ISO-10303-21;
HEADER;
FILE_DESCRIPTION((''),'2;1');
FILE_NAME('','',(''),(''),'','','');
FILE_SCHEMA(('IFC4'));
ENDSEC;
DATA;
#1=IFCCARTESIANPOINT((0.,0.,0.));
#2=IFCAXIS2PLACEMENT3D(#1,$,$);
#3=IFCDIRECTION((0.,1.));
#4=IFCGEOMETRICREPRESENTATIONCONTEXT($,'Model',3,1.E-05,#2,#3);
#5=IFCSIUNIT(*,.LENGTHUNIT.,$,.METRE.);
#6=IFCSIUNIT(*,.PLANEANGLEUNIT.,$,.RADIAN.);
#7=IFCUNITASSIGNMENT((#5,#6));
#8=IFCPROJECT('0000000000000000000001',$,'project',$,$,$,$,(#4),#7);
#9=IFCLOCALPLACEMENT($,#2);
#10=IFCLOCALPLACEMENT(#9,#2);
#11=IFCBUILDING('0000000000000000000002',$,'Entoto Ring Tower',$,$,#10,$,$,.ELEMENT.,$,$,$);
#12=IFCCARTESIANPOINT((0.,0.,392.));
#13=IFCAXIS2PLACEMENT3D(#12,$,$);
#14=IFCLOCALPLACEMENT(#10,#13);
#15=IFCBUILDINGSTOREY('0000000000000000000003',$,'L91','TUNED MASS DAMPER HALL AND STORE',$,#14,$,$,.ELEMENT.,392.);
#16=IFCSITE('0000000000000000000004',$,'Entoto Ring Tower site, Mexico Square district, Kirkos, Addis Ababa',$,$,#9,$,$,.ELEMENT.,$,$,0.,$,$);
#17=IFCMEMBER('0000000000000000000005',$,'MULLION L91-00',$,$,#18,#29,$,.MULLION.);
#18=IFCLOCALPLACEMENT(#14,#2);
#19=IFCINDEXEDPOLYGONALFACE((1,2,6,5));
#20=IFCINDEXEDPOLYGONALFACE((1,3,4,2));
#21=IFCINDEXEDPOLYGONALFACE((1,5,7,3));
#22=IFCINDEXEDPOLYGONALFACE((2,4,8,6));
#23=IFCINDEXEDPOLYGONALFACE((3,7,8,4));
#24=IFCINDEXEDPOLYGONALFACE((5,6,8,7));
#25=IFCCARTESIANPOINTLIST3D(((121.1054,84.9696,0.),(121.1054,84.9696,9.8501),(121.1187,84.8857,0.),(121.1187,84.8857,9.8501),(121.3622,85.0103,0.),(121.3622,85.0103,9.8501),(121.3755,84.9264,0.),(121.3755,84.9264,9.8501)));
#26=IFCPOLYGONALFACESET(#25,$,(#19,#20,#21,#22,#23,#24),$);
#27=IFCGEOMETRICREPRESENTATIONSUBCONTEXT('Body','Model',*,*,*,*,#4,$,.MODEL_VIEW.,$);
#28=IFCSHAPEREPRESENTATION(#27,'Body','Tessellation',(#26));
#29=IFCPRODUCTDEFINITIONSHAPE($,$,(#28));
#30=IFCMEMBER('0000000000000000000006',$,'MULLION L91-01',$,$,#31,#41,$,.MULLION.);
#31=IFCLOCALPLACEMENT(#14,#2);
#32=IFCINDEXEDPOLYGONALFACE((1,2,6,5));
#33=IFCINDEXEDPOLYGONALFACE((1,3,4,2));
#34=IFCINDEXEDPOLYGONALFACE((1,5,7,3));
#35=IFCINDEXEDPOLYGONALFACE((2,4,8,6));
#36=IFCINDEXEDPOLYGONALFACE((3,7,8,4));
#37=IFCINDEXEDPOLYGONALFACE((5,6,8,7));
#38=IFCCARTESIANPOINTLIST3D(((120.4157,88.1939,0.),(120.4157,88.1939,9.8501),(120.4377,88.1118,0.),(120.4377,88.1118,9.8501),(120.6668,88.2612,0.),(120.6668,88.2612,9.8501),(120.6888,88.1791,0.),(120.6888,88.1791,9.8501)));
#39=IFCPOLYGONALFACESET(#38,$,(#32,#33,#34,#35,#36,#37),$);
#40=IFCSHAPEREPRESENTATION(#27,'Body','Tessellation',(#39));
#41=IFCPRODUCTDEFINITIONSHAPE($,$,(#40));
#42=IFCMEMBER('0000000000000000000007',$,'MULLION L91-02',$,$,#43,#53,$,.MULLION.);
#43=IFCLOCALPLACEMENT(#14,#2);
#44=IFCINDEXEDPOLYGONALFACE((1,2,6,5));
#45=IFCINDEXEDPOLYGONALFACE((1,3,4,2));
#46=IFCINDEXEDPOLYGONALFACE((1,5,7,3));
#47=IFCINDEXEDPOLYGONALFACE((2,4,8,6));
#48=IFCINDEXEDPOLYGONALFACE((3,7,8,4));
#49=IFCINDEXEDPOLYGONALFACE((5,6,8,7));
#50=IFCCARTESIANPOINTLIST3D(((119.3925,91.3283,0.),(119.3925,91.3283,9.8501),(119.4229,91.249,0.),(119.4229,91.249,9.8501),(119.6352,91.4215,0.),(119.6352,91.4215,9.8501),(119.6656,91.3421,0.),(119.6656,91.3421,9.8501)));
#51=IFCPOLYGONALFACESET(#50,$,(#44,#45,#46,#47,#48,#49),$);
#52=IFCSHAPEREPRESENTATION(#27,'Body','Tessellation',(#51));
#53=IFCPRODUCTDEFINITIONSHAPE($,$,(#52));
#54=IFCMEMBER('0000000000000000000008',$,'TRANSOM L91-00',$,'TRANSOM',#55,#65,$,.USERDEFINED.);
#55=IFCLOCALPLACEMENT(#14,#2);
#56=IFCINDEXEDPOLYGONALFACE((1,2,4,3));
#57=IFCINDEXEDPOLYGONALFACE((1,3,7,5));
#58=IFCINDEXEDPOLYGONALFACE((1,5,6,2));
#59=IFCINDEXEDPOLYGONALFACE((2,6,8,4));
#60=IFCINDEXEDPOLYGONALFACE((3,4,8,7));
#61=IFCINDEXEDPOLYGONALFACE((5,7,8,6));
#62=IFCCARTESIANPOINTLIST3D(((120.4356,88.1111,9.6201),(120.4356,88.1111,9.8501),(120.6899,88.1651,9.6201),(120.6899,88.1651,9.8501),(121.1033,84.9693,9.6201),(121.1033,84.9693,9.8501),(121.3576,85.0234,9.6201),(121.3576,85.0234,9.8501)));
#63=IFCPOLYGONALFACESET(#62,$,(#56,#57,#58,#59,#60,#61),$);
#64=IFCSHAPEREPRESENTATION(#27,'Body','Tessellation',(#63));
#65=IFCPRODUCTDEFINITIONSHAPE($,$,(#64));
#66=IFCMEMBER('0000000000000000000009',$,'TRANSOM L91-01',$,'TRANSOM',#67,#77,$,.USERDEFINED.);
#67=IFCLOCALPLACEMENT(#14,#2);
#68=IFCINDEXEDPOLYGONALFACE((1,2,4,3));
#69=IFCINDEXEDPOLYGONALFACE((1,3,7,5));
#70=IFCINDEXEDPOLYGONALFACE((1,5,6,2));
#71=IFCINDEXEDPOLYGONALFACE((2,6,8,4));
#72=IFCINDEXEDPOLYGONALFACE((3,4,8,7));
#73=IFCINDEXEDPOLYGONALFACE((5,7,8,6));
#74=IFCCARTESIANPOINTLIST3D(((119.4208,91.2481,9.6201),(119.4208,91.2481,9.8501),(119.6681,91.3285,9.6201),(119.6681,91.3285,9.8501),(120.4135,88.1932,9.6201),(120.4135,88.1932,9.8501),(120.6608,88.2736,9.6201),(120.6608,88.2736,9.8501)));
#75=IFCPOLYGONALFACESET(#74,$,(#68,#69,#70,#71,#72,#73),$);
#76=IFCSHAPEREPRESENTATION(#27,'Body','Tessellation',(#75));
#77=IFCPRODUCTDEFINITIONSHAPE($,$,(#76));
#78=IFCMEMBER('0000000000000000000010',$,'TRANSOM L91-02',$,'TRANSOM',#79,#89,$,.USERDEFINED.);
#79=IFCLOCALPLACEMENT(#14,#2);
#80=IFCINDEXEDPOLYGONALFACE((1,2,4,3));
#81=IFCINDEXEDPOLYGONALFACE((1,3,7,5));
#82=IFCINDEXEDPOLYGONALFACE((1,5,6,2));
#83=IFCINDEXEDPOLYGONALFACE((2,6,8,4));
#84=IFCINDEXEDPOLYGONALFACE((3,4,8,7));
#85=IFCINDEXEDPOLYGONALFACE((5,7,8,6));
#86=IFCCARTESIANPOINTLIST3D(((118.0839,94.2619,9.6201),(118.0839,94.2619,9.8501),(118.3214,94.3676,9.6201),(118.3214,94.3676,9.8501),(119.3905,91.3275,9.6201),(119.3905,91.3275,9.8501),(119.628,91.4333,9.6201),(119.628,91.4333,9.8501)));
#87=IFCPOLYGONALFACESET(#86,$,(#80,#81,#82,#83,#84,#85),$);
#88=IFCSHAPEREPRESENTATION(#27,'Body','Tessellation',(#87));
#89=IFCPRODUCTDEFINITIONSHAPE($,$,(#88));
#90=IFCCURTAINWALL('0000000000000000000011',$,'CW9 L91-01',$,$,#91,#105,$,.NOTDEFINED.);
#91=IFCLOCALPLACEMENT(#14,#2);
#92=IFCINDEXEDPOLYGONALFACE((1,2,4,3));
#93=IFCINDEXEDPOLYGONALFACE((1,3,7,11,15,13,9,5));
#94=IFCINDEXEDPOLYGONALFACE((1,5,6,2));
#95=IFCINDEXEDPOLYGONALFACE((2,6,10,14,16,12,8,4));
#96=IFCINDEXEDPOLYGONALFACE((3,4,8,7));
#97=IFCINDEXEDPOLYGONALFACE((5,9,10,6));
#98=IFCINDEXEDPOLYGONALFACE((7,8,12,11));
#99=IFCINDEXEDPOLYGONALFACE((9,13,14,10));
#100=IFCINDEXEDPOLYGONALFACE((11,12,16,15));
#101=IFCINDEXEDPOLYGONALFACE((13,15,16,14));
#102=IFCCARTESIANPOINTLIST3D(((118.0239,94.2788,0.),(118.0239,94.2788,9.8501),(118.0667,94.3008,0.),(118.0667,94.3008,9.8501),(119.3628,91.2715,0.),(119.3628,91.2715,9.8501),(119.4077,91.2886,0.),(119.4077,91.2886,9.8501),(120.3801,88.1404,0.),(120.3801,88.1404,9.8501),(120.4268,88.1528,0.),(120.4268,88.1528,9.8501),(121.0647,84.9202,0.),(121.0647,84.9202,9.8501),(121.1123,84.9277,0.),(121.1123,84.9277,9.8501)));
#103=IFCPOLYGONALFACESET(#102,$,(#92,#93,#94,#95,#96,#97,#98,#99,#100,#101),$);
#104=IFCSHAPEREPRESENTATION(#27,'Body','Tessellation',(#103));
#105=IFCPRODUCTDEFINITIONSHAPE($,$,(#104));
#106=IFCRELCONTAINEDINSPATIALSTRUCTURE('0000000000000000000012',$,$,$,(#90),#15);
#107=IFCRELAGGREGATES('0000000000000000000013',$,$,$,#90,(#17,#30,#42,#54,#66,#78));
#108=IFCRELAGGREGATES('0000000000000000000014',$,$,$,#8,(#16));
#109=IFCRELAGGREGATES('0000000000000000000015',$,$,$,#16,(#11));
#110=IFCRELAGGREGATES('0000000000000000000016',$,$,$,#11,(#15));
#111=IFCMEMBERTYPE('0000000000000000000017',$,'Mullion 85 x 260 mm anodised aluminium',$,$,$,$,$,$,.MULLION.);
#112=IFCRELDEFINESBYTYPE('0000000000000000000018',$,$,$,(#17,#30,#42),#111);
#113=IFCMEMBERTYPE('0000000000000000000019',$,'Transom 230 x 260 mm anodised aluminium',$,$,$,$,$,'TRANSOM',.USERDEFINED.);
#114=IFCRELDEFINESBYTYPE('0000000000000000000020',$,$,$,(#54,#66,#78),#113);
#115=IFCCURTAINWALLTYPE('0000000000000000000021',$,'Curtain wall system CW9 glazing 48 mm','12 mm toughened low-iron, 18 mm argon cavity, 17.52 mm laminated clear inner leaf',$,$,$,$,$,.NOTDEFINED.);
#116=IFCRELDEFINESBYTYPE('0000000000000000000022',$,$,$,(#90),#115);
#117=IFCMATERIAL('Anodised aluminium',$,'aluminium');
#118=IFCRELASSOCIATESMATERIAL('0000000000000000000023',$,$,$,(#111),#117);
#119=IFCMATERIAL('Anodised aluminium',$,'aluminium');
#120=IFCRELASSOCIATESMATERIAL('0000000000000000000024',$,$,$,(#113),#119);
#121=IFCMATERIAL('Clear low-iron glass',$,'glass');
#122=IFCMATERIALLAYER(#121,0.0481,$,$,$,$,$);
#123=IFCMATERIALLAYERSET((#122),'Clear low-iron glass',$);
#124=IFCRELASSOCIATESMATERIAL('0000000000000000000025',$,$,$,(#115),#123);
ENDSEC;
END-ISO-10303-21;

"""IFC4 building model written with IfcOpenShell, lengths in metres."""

from ifc_helpers import new_model, si_unit, direction, frame, origin, origin_2d, place, context, subcontext, project, spatial, polyline, rectangle, outline, extrude, material, layer, layer_set, material_profile, profile_set, type_object, element, aggregate, save


model = new_model("IFC4")

# Units and contexts
model_context = context("Model", 3, precision=1e-05, world=origin(), true_north=direction((0.0, 1.0)))
body_context = subcontext(model_context, "Body", "Model", "MODEL_VIEW")
ifc_project = project(units=[si_unit("LENGTHUNIT", "METRE"), si_unit("PLANEANGLEUNIT", "RADIAN")], contexts=[model_context])

# Members
ifc_material_1 = material(Name="Anodised aluminium", Category="aluminium")
ifc_material_profile_1 = material_profile(ifc_material_1, rectangle(XDim=0.085, YDim=0.26, at=origin_2d()), Name="Mullion 85 x 260 mm anodised aluminium")
ifc_profile_set_1 = profile_set([ifc_material_profile_1], Name="Anodised aluminium")
member_type_1 = type_object("IfcMemberType", Name="Mullion 85 x 260 mm anodised aluminium", PredefinedType="MULLION", material=ifc_profile_set_1)
site_placement = place(None, origin())
building_placement = place(site_placement, origin())
storey_placement = place(building_placement, frame((0.0, 0.0, 392.0)))
member_1_placement = place(storey_placement, frame((121.2405, 84.948, 0.0), z_axis=(0.0, 0.0, 1.0), x_axis=(-0.156434, 0.987688, 0.0)))
member_1 = element("IfcMember", 1, at=member_1_placement, type_object=member_type_1, Name="MULLION L91-00", PredefinedType="MULLION", context=body_context, shape_type="SweptSolid", body=[
    extrude(rectangle(XDim=0.085, YDim=0.26, at=origin_2d()), origin(), (0.0, 0.0, 1.0), 9.8501),
])
member_2_placement = place(storey_placement, frame((120.5522, 88.1865, 0.0), z_axis=(0.0, 0.0, 1.0), x_axis=(-0.258819, 0.965926, 0.0)))
member_2 = element("IfcMember", 2, at=member_2_placement, type_object=member_type_1, Name="MULLION L91-01", PredefinedType="MULLION", context=body_context, shape_type="SweptSolid", body=[
    extrude(rectangle(XDim=0.085, YDim=0.26, at=origin_2d()), origin(), (0.0, 0.0, 1.0), 9.8501),
])
member_3_placement = place(storey_placement, frame((119.5291, 91.3352, 0.0), z_axis=(0.0, 0.0, 1.0), x_axis=(-0.358368, 0.93358, 0.0)))
member_3 = element("IfcMember", 3, at=member_3_placement, type_object=member_type_1, Name="MULLION L91-02", PredefinedType="MULLION", context=body_context, shape_type="SweptSolid", body=[
    extrude(rectangle(XDim=0.085, YDim=0.26, at=origin_2d()), origin(), (0.0, 0.0, 1.0), 9.8501),
])
ifc_material_2 = material(Name="Anodised aluminium", Category="aluminium")
ifc_material_profile_2 = material_profile(ifc_material_2, rectangle(XDim=0.26, YDim=0.23, at=origin_2d()), Name="Transom 230 x 260 mm anodised aluminium")
ifc_profile_set_2 = profile_set([ifc_material_profile_2], Name="Anodised aluminium")
member_type_2 = type_object("IfcMemberType", Name="Transom 230 x 260 mm anodised aluminium", ElementType="TRANSOM", PredefinedType="USERDEFINED", material=ifc_profile_set_2)
member_4_placement = place(storey_placement, frame((121.2305, 84.9963, 9.7351), z_axis=(-0.207883, 0.978154, 0.0), x_axis=(-0.978154, -0.207883, 0.0)))
member_4 = element("IfcMember", 4, at=member_4_placement, type_object=member_type_2, Name="TRANSOM L91-00", ObjectType="TRANSOM", PredefinedType="USERDEFINED", context=body_context, shape_type="SweptSolid", body=[
    extrude(rectangle(XDim=0.26, YDim=0.23, at=origin_2d()), origin(), (0.0, 0.0, 1.0), 3.2119),
])
member_5_placement = place(storey_placement, frame((120.5371, 88.2334, 9.7351), z_axis=(-0.309036, 0.95105, 0.0), x_axis=(-0.95105, -0.309036, 0.0)))
member_5 = element("IfcMember", 5, at=member_5_placement, type_object=member_type_2, Name="TRANSOM L91-01", ObjectType="TRANSOM", PredefinedType="USERDEFINED", context=body_context, shape_type="SweptSolid", body=[
    extrude(rectangle(XDim=0.26, YDim=0.23, at=origin_2d()), origin(), (0.0, 0.0, 1.0), 3.2122),
])
member_6_placement = place(storey_placement, frame((119.5093, 91.3804, 9.7351), z_axis=(-0.406787, 0.913523, 0.0), x_axis=(-0.913523, -0.406787, 0.0)))
member_6 = element("IfcMember", 6, at=member_6_placement, type_object=member_type_2, Name="TRANSOM L91-02", ObjectType="TRANSOM", PredefinedType="USERDEFINED", context=body_context, shape_type="SweptSolid", body=[
    extrude(rectangle(XDim=0.26, YDim=0.23, at=origin_2d()), origin(), (0.0, 0.0, 1.0), 3.2122),
])

# Site, building, storey
site = spatial("IfcSite", under=ifc_project, at=site_placement, Name="Entoto Ring Tower site, Mexico Square district, Kirkos, Addis Ababa", CompositionType="ELEMENT", RefElevation=0.0)
building = spatial("IfcBuilding", under=site, at=building_placement, Name="Entoto Ring Tower", CompositionType="ELEMENT")
storey = spatial("IfcBuildingStorey", under=building, at=storey_placement, Name="L91", Description="TUNED MASS DAMPER HALL AND STORE", CompositionType="ELEMENT", Elevation=392.0)

# Curtain wall
ifc_material_3 = material(Name="Clear low-iron glass", Category="glass")
ifc_layer_1 = layer(ifc_material_3, 0.0481)
ifc_layer_set_1 = layer_set([ifc_layer_1], Name="Clear low-iron glass")
curtain_wall_type = type_object("IfcCurtainWallType", Name="Curtain wall system CW9 glazing 48 mm", Description="12 mm toughened low-iron, 18 mm argon cavity, 17.52 mm laminated clear inner leaf", PredefinedType="NOTDEFINED", material=ifc_layer_set_1)
curtain_wall_1_placement = place(storey_placement, origin())
curtain_wall_1 = element("IfcCurtainWall", 7, at=curtain_wall_1_placement, inside=storey, type_object=curtain_wall_type, Name="CW9 L91-01", PredefinedType="NOTDEFINED", context=body_context, shape_type="SweptSolid", body=[
    extrude(outline(polyline([(121.1123, 84.9277), (120.4268, 88.1528), (119.4077, 91.2886), (118.0667, 94.3008), (118.0239, 94.2788), (119.3628, 91.2715), (120.3801, 88.1404), (121.0647, 84.9202), (121.1123, 84.9277)])), origin(), (0.0, 0.0, 1.0), 9.8501),
])
aggregate(curtain_wall_1, [member_1, member_2, member_3, member_4, member_5, member_6])

save(model, "model.ifc")
